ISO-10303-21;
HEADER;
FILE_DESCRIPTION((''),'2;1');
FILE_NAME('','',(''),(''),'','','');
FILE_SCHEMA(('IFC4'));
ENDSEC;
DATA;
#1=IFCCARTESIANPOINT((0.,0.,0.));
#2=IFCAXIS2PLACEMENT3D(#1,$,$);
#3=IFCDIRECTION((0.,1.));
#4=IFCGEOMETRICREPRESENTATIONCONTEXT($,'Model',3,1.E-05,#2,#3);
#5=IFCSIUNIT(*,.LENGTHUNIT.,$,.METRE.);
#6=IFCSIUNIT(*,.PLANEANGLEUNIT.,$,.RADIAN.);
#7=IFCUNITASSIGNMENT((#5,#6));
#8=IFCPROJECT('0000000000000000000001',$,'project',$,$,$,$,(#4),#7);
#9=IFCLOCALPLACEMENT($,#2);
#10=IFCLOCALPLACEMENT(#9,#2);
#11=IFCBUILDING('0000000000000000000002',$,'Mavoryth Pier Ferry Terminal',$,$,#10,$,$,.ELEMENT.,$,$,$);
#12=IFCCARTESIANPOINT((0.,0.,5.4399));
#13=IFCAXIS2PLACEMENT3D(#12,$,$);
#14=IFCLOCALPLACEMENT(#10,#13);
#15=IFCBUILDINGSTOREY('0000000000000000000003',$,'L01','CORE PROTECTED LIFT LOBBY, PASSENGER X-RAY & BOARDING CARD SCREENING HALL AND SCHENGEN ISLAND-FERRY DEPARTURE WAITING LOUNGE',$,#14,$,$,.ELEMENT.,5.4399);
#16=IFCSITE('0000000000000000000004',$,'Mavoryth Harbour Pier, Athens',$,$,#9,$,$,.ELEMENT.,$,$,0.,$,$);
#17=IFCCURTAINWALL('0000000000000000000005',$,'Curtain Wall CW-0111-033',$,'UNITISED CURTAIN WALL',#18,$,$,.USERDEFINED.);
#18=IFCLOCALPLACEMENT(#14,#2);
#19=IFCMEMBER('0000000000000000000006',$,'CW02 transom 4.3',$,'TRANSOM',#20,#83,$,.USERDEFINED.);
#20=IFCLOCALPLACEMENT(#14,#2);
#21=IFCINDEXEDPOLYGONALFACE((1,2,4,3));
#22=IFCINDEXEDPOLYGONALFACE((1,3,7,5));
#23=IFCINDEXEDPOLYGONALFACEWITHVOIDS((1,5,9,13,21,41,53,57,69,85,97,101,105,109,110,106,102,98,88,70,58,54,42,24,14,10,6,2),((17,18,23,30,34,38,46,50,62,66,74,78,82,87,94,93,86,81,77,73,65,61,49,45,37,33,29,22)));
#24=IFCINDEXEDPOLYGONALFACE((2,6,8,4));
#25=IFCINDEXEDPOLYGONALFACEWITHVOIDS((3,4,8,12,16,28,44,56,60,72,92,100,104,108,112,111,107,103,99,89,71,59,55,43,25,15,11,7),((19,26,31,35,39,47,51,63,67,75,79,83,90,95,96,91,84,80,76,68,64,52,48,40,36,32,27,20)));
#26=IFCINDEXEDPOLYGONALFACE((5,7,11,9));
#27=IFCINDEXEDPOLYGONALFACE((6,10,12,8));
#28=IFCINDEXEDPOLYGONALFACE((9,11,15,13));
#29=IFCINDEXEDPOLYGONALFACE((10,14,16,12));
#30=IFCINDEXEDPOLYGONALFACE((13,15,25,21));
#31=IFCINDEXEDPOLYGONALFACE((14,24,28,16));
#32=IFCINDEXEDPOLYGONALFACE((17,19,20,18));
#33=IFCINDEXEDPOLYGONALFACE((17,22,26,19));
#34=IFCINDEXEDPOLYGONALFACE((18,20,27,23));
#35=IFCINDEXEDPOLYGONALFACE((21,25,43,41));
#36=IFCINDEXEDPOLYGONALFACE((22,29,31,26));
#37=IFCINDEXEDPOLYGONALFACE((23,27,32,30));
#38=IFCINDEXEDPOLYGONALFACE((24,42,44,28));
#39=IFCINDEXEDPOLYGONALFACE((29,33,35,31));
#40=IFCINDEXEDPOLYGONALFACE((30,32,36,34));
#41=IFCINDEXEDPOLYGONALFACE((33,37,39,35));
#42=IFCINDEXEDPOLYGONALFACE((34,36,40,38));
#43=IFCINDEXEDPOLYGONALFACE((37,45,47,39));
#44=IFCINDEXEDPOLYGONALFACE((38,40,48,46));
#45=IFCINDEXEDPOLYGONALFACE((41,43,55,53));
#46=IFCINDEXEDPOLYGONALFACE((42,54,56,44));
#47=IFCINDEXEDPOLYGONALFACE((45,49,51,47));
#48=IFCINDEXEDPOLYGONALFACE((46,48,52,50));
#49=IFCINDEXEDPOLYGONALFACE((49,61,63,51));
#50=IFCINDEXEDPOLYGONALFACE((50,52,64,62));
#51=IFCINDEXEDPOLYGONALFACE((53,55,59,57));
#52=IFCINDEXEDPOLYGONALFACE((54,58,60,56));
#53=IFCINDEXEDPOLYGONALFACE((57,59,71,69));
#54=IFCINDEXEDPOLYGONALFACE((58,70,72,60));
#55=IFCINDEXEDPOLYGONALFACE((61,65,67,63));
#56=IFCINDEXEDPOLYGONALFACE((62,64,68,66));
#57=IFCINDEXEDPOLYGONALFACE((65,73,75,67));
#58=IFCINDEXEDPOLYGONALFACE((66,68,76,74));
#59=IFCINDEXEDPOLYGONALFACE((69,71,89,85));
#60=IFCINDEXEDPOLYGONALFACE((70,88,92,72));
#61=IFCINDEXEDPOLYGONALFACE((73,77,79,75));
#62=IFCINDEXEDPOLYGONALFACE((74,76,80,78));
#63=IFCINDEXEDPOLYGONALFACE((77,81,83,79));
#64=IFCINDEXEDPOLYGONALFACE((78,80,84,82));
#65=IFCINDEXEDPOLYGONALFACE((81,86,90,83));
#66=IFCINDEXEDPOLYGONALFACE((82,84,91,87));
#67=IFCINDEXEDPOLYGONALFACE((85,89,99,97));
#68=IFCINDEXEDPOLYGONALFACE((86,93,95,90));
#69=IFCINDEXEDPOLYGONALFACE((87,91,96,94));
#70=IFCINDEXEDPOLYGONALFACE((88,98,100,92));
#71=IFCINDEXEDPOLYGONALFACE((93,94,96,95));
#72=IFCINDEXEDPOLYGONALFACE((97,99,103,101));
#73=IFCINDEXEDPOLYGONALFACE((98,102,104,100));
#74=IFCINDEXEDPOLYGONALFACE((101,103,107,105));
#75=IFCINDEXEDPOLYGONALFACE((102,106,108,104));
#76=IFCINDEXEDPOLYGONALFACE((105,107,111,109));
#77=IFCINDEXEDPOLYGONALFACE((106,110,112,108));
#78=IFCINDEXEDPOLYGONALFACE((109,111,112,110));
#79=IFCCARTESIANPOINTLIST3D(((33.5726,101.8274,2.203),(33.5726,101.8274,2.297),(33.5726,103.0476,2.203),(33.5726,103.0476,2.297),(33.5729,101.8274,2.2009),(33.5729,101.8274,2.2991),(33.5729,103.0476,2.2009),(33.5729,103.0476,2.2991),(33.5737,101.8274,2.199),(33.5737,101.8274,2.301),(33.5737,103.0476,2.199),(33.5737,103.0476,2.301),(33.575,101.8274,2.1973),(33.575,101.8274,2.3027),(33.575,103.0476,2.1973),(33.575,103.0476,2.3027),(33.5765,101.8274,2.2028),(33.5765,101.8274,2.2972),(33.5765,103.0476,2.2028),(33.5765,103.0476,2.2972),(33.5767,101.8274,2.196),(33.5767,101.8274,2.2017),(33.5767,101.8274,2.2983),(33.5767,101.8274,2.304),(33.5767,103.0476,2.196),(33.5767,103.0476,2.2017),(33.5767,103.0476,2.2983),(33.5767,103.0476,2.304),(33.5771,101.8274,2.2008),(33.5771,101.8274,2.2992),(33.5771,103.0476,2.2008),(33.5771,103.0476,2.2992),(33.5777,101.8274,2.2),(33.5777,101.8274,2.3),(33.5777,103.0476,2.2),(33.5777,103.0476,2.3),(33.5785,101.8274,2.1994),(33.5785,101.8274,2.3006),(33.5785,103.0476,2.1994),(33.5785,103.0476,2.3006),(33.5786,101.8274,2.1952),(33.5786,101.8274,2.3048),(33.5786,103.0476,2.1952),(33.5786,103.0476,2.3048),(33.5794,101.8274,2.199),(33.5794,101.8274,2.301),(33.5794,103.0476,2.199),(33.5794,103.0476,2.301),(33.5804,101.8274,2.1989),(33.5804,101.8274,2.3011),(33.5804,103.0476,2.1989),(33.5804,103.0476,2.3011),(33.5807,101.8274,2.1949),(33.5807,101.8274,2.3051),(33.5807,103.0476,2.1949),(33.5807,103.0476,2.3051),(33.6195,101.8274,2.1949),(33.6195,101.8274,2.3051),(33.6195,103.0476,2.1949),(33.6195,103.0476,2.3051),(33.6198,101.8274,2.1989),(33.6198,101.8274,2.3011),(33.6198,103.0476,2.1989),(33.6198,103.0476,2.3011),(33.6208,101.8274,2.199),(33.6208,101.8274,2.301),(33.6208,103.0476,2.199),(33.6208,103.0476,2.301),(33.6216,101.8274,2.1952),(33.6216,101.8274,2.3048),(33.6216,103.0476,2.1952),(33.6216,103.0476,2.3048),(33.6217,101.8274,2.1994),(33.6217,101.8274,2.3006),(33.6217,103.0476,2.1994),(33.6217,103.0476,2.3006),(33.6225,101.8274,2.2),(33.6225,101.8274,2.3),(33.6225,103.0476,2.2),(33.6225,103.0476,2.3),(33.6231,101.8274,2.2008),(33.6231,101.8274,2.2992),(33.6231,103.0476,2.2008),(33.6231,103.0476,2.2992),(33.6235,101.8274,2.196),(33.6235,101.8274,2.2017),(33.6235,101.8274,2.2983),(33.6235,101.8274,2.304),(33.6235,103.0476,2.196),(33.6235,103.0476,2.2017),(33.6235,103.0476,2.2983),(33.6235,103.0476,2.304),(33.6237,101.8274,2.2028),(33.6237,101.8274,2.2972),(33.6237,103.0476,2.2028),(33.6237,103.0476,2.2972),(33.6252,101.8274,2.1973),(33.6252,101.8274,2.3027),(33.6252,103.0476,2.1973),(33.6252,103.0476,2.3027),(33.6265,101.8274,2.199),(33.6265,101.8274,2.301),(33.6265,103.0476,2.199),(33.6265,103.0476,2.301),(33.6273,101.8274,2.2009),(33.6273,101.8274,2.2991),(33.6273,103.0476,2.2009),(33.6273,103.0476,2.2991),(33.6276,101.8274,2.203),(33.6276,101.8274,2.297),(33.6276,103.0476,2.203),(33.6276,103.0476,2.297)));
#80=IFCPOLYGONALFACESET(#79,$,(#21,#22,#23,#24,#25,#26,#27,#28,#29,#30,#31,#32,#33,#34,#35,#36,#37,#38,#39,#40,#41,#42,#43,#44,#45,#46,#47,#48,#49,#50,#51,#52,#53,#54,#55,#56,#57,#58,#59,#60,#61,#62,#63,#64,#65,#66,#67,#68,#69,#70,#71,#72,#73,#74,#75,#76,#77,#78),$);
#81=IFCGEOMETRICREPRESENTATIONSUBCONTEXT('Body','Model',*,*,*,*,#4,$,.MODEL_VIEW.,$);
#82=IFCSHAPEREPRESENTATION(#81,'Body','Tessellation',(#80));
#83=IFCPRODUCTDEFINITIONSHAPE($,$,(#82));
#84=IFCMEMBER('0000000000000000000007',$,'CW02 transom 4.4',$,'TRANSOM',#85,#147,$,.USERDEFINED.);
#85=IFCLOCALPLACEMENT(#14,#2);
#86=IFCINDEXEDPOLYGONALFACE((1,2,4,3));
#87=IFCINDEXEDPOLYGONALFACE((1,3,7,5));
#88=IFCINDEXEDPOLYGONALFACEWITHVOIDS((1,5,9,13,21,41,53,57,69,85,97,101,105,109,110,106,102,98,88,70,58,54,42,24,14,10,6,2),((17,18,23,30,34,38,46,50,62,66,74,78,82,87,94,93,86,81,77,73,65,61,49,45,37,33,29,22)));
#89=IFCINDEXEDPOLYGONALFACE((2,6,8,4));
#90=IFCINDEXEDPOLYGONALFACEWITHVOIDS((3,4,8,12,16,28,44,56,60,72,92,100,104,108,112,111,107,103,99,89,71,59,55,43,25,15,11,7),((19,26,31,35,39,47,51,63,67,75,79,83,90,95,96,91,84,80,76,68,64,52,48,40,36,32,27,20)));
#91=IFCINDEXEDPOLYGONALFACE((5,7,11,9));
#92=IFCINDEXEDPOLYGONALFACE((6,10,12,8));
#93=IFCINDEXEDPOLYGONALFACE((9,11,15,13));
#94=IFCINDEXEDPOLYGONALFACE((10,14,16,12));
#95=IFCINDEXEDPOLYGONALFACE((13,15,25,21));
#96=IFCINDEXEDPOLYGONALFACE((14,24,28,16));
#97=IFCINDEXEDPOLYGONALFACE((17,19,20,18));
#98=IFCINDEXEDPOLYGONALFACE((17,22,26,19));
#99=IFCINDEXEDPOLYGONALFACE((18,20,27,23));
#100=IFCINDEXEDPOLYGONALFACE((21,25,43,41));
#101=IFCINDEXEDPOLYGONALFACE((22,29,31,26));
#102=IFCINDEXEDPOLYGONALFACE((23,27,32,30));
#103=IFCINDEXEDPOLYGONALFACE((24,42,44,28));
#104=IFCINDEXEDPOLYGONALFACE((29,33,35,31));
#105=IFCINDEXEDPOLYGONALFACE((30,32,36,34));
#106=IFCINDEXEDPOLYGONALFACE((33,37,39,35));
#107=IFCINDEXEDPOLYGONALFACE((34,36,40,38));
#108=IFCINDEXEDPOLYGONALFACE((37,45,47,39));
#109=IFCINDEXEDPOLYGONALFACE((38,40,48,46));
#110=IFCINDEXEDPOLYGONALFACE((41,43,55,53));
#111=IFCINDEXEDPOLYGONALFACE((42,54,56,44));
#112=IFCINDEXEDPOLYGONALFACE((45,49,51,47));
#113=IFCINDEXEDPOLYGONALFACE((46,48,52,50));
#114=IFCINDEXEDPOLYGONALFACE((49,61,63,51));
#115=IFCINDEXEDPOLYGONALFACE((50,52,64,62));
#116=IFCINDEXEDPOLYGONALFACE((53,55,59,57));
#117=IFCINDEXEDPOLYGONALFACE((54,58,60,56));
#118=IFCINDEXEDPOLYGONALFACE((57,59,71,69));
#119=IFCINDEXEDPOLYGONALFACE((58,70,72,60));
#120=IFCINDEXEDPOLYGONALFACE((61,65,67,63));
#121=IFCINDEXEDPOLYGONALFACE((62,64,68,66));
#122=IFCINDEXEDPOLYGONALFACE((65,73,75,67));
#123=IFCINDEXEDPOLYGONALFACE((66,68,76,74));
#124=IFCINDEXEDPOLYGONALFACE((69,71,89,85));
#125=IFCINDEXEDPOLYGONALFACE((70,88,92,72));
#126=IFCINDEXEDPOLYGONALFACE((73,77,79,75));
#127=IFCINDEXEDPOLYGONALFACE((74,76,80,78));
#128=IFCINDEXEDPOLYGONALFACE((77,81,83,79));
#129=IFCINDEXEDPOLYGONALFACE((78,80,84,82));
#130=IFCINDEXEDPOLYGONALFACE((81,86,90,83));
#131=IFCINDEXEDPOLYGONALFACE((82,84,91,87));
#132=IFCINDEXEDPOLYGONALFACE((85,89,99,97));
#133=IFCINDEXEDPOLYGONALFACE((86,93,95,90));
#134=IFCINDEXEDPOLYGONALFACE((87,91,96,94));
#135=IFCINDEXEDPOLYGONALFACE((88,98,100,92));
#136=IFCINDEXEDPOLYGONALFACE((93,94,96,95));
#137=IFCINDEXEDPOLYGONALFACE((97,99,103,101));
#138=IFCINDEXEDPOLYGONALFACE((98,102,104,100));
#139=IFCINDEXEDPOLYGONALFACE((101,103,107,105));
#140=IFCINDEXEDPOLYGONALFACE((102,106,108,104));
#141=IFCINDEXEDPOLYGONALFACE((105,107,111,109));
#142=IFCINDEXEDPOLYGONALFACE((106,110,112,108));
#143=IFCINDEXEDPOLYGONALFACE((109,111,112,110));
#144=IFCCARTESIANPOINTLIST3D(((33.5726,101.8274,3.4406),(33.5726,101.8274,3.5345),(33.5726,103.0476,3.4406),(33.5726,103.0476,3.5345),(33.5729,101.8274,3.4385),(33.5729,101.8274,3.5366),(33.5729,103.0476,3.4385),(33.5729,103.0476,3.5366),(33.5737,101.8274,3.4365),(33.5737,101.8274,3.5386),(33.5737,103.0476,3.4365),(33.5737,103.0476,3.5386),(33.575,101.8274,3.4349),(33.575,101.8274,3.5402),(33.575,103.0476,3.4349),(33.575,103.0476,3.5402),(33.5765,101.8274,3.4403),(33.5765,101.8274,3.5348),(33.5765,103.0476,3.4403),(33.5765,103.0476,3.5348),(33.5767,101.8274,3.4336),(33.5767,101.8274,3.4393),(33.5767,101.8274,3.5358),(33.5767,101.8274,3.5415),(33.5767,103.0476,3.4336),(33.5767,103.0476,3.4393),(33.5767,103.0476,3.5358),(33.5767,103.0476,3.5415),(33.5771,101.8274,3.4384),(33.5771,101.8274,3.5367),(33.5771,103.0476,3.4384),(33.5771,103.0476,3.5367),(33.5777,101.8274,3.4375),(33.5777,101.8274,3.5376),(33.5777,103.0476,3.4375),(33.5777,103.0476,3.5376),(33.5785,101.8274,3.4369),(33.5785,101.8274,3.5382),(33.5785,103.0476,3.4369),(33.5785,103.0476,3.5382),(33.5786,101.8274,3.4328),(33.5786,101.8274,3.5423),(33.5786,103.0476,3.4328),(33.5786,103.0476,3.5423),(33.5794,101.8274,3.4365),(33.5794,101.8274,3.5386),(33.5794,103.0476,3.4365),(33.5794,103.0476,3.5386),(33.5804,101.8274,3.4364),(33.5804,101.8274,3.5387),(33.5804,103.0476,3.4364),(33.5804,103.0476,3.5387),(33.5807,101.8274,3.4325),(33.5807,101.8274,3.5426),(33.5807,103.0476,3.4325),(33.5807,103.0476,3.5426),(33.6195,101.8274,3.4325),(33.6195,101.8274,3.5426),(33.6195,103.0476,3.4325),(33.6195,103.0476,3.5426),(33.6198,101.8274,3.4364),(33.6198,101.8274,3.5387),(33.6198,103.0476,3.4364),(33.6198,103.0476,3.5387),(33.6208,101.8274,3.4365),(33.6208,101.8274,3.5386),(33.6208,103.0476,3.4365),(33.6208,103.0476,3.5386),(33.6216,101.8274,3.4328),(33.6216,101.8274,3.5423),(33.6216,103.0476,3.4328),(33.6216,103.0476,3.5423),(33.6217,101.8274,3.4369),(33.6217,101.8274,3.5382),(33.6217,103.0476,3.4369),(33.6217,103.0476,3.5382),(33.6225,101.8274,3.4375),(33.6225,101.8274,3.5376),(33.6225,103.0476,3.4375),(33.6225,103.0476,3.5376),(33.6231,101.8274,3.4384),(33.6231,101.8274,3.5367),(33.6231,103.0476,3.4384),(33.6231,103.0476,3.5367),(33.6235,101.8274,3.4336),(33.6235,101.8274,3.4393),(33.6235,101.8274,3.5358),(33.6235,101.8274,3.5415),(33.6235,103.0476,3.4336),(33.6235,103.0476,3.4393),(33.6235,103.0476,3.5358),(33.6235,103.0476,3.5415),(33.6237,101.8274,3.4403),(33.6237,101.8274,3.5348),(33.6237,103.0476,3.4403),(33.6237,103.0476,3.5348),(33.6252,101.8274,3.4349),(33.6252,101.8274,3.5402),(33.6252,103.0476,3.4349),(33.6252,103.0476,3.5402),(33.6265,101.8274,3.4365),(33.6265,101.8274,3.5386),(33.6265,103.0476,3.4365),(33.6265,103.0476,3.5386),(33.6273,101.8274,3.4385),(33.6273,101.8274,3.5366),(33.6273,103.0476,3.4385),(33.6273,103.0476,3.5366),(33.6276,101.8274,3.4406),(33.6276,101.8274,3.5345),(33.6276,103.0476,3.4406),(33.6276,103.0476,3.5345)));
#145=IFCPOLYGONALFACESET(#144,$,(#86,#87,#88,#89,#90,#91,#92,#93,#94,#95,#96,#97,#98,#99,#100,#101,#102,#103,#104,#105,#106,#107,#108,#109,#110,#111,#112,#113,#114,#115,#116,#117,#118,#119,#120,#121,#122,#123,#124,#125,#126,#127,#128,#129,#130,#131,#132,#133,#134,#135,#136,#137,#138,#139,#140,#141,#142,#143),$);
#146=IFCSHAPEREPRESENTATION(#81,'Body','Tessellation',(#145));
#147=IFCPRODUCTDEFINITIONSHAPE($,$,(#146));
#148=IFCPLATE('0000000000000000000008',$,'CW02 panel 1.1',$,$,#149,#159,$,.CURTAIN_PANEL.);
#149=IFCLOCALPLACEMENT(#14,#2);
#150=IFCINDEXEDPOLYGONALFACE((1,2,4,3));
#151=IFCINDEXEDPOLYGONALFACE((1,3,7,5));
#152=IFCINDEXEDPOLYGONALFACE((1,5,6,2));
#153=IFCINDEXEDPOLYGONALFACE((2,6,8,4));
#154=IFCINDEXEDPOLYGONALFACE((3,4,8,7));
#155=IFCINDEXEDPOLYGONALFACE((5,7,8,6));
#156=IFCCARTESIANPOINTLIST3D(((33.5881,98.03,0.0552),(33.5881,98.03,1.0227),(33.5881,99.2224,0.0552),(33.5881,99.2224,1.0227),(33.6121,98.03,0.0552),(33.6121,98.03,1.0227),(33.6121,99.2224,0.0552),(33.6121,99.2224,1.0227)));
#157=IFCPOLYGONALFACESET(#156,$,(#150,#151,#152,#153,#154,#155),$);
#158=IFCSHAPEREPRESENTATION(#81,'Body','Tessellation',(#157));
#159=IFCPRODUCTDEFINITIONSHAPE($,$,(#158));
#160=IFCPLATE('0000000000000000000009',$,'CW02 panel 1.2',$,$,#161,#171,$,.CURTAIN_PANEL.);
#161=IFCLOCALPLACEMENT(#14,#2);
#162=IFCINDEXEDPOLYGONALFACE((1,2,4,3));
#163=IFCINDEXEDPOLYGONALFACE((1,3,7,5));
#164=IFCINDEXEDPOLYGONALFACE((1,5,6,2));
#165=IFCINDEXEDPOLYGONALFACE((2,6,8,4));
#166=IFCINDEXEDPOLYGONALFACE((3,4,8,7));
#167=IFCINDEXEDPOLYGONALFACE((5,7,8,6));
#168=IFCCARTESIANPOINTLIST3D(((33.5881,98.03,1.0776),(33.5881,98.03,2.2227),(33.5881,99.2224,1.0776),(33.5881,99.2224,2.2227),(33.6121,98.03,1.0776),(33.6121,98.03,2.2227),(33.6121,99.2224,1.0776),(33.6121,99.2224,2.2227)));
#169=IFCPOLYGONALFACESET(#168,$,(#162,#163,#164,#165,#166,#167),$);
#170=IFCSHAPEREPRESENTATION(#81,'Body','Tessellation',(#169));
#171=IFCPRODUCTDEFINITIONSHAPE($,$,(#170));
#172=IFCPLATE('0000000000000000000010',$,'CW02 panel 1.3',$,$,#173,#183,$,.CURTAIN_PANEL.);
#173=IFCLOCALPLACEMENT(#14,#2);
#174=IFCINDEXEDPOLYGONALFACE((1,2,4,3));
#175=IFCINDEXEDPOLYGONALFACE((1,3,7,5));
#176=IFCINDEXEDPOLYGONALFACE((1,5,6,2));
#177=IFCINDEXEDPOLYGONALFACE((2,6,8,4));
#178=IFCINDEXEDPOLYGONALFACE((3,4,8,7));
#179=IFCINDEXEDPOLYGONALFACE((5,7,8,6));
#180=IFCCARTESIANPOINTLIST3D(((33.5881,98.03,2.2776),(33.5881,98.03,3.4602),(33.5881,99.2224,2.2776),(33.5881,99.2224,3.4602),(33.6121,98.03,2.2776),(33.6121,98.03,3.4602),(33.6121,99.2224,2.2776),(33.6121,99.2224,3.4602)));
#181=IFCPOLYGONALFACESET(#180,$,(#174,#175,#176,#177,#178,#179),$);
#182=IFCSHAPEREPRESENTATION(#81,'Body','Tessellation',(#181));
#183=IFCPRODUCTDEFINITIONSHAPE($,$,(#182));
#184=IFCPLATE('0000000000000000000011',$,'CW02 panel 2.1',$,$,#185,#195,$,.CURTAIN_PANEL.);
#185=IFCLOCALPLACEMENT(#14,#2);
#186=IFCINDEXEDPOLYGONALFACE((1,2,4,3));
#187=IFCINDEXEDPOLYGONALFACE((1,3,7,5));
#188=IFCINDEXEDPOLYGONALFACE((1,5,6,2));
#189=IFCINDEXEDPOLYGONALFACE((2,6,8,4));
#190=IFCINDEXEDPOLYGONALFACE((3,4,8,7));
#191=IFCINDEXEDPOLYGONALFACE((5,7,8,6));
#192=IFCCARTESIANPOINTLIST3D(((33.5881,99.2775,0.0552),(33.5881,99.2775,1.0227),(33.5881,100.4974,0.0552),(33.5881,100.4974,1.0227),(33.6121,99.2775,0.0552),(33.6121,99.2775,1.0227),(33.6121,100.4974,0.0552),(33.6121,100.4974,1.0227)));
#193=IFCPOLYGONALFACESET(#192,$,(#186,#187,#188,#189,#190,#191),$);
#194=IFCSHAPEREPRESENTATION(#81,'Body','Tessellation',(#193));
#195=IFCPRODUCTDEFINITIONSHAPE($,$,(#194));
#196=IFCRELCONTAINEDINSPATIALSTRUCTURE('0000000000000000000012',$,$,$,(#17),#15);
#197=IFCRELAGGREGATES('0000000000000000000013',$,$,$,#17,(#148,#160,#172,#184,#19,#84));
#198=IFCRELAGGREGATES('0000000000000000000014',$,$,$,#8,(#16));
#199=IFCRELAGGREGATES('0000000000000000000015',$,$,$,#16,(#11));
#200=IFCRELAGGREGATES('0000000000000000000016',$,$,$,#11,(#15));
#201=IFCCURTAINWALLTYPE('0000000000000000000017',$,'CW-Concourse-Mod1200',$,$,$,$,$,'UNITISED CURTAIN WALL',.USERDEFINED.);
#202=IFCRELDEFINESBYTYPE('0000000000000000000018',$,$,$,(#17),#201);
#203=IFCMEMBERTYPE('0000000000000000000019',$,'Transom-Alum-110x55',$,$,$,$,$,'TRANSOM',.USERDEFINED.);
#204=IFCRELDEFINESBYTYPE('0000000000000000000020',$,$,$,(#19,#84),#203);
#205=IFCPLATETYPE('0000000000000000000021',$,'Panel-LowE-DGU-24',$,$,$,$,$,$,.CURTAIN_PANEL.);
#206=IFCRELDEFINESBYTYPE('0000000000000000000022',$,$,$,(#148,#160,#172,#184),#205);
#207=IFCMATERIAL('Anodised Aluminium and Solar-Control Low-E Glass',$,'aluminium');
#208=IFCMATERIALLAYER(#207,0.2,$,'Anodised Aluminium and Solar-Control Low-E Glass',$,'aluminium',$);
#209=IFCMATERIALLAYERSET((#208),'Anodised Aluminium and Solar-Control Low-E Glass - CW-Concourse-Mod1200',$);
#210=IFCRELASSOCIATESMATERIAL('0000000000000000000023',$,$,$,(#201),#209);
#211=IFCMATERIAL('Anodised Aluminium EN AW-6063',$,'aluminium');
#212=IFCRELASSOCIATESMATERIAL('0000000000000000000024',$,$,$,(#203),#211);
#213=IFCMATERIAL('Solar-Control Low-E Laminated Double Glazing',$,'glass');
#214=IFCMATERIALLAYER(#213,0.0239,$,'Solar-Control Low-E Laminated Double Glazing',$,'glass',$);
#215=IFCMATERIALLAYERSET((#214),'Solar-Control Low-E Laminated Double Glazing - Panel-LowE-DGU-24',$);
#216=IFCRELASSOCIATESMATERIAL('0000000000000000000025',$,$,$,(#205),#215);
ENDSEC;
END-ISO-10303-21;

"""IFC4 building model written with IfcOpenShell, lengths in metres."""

from ifc_helpers import new_model, si_unit, direction, frame, origin, origin_2d, place, context, subcontext, project, spatial, rectangle, hollow_rectangle, extrude, material, layer, layer_set, material_profile, profile_set, type_object, element, aggregate, save


model = new_model("IFC4")

# Units and contexts
model_context = context("Model", 3, precision=1e-05, world=origin(), true_north=direction((0.0, 1.0)))
body_context = subcontext(model_context, "Body", "Model", "MODEL_VIEW")
ifc_project = project(units=[si_unit("LENGTHUNIT", "METRE"), si_unit("PLANEANGLEUNIT", "RADIAN")], contexts=[model_context])

# Site, building, storey
site_placement = place(None, origin())
site = spatial("IfcSite", under=ifc_project, at=site_placement, Name="Mavoryth Harbour Pier, Athens", CompositionType="ELEMENT", RefElevation=0.0)
building_placement = place(site_placement, origin())
building = spatial("IfcBuilding", under=site, at=building_placement, Name="Mavoryth Pier Ferry Terminal", CompositionType="ELEMENT")
storey_placement = place(building_placement, frame((0.0, 0.0, 5.4399)))
storey = spatial("IfcBuildingStorey", under=building, at=storey_placement, Name="L01", Description="CORE PROTECTED LIFT LOBBY, PASSENGER X-RAY & BOARDING CARD SCREENING HALL AND SCHENGEN ISLAND-FERRY DEPARTURE WAITING LOUNGE", CompositionType="ELEMENT", Elevation=5.4399)

# Curtain wall
ifc_material_1 = material(Name="Anodised Aluminium and Solar-Control Low-E Glass", Category="aluminium")
ifc_layer_1 = layer(ifc_material_1, 0.2, Name="Anodised Aluminium and Solar-Control Low-E Glass", Category="aluminium")
ifc_layer_set_1 = layer_set([ifc_layer_1], Name="Anodised Aluminium and Solar-Control Low-E Glass - CW-Concourse-Mod1200")
curtain_wall_type_1 = type_object("IfcCurtainWallType", Name="CW-Concourse-Mod1200", ElementType="UNITISED CURTAIN WALL", PredefinedType="USERDEFINED", material=ifc_layer_set_1)
curtain_wall_1_placement = place(storey_placement, origin())
curtain_wall_1 = element("IfcCurtainWall", 1, at=curtain_wall_1_placement, inside=storey, type_object=curtain_wall_type_1, Name="Curtain Wall CW-0111-033", ObjectType="UNITISED CURTAIN WALL", PredefinedType="USERDEFINED")
ifc_material_2 = material(Name="Anodised Aluminium EN AW-6063", Category="aluminium")

# Members
ifc_material_profile_1 = material_profile(ifc_material_2, hollow_rectangle(XDim=0.0549, YDim=0.1101, WallThickness=0.0039, InnerFilletRadius=0.0039, OuterFilletRadius=0.0081, at=origin_2d()), Name="AL-TRAN 110x55x4", Category="aluminium")
ifc_profile_set_1 = profile_set([ifc_material_profile_1], Name="Anodised Aluminium EN AW-6063 - AL-TRAN 110x55x4")
member_type_1 = type_object("IfcMemberType", Name="Transom-Alum-110x55", ElementType="TRANSOM", PredefinedType="USERDEFINED", material=ifc_profile_set_1)
member_1_placement = place(storey_placement, frame((33.6001, 101.8274, 2.25), z_axis=(0.0, 1.0, 0.0), x_axis=(-1.0, 0.0, 0.0)))
member_1 = element("IfcMember", 2, at=member_1_placement, type_object=member_type_1, Name="CW02 transom 4.3", ObjectType="TRANSOM", PredefinedType="USERDEFINED", context=body_context, shape_type="SweptSolid", body=[
    extrude(hollow_rectangle(XDim=0.0549, YDim=0.1101, WallThickness=0.0039, InnerFilletRadius=0.0039, OuterFilletRadius=0.0081, at=origin_2d()), origin(), (0.0, 0.0, 1.0), 1.2202),
])
member_2_placement = place(storey_placement, frame((33.6001, 101.8274, 3.4875), z_axis=(0.0, 1.0, 0.0), x_axis=(-1.0, 0.0, 0.0)))
member_2 = element("IfcMember", 3, at=member_2_placement, type_object=member_type_1, Name="CW02 transom 4.4", ObjectType="TRANSOM", PredefinedType="USERDEFINED", context=body_context, shape_type="SweptSolid", body=[
    extrude(hollow_rectangle(XDim=0.0549, YDim=0.1101, WallThickness=0.0039, InnerFilletRadius=0.0039, OuterFilletRadius=0.0081, at=origin_2d()), origin(), (0.0, 0.0, 1.0), 1.2202),
])

# Plates
ifc_material_3 = material(Name="Solar-Control Low-E Laminated Double Glazing", Category="glass")
ifc_layer_2 = layer(ifc_material_3, 0.0239, Name="Solar-Control Low-E Laminated Double Glazing", Category="glass")
ifc_layer_set_2 = layer_set([ifc_layer_2], Name="Solar-Control Low-E Laminated Double Glazing - Panel-LowE-DGU-24")
plate_type = type_object("IfcPlateType", Name="Panel-LowE-DGU-24", PredefinedType="CURTAIN_PANEL", material=ifc_layer_set_2)
plate_1_placement = place(storey_placement, frame((33.6001, 98.6262, 0.0552), z_axis=(0.0, 0.0, 1.0), x_axis=(0.0, 1.0, 0.0)))
plate_1 = element("IfcPlate", 4, at=plate_1_placement, type_object=plate_type, Name="CW02 panel 1.1", PredefinedType="CURTAIN_PANEL", context=body_context, shape_type="SweptSolid", body=[
    extrude(rectangle(XDim=1.1924, YDim=0.0239, at=origin_2d()), origin(), (0.0, 0.0, 1.0), 0.9675),
])
plate_2_placement = place(storey_placement, frame((33.6001, 98.6262, 1.0776), z_axis=(0.0, 0.0, 1.0), x_axis=(0.0, 1.0, 0.0)))
plate_2 = element("IfcPlate", 5, at=plate_2_placement, type_object=plate_type, Name="CW02 panel 1.2", PredefinedType="CURTAIN_PANEL", context=body_context, shape_type="SweptSolid", body=[
    extrude(rectangle(XDim=1.1924, YDim=0.0239, at=origin_2d()), origin(), (0.0, 0.0, 1.0), 1.145),
])
plate_3_placement = place(storey_placement, frame((33.6001, 98.6262, 2.2776), z_axis=(0.0, 0.0, 1.0), x_axis=(0.0, 1.0, 0.0)))
plate_3 = element("IfcPlate", 6, at=plate_3_placement, type_object=plate_type, Name="CW02 panel 1.3", PredefinedType="CURTAIN_PANEL", context=body_context, shape_type="SweptSolid", body=[
    extrude(rectangle(XDim=1.1924, YDim=0.0239, at=origin_2d()), origin(), (0.0, 0.0, 1.0), 1.1826),
])
plate_4_placement = place(storey_placement, frame((33.6001, 99.8875, 0.0552), z_axis=(0.0, 0.0, 1.0), x_axis=(0.0, 1.0, 0.0)))
plate_4 = element("IfcPlate", 7, at=plate_4_placement, type_object=plate_type, Name="CW02 panel 2.1", PredefinedType="CURTAIN_PANEL", context=body_context, shape_type="SweptSolid", body=[
    extrude(rectangle(XDim=1.22, YDim=0.0239, at=origin_2d()), origin(), (0.0, 0.0, 1.0), 0.9675),
])
aggregate(curtain_wall_1, [plate_1, plate_2, plate_3, plate_4, member_1, member_2])

save(model, "model.ifc")
